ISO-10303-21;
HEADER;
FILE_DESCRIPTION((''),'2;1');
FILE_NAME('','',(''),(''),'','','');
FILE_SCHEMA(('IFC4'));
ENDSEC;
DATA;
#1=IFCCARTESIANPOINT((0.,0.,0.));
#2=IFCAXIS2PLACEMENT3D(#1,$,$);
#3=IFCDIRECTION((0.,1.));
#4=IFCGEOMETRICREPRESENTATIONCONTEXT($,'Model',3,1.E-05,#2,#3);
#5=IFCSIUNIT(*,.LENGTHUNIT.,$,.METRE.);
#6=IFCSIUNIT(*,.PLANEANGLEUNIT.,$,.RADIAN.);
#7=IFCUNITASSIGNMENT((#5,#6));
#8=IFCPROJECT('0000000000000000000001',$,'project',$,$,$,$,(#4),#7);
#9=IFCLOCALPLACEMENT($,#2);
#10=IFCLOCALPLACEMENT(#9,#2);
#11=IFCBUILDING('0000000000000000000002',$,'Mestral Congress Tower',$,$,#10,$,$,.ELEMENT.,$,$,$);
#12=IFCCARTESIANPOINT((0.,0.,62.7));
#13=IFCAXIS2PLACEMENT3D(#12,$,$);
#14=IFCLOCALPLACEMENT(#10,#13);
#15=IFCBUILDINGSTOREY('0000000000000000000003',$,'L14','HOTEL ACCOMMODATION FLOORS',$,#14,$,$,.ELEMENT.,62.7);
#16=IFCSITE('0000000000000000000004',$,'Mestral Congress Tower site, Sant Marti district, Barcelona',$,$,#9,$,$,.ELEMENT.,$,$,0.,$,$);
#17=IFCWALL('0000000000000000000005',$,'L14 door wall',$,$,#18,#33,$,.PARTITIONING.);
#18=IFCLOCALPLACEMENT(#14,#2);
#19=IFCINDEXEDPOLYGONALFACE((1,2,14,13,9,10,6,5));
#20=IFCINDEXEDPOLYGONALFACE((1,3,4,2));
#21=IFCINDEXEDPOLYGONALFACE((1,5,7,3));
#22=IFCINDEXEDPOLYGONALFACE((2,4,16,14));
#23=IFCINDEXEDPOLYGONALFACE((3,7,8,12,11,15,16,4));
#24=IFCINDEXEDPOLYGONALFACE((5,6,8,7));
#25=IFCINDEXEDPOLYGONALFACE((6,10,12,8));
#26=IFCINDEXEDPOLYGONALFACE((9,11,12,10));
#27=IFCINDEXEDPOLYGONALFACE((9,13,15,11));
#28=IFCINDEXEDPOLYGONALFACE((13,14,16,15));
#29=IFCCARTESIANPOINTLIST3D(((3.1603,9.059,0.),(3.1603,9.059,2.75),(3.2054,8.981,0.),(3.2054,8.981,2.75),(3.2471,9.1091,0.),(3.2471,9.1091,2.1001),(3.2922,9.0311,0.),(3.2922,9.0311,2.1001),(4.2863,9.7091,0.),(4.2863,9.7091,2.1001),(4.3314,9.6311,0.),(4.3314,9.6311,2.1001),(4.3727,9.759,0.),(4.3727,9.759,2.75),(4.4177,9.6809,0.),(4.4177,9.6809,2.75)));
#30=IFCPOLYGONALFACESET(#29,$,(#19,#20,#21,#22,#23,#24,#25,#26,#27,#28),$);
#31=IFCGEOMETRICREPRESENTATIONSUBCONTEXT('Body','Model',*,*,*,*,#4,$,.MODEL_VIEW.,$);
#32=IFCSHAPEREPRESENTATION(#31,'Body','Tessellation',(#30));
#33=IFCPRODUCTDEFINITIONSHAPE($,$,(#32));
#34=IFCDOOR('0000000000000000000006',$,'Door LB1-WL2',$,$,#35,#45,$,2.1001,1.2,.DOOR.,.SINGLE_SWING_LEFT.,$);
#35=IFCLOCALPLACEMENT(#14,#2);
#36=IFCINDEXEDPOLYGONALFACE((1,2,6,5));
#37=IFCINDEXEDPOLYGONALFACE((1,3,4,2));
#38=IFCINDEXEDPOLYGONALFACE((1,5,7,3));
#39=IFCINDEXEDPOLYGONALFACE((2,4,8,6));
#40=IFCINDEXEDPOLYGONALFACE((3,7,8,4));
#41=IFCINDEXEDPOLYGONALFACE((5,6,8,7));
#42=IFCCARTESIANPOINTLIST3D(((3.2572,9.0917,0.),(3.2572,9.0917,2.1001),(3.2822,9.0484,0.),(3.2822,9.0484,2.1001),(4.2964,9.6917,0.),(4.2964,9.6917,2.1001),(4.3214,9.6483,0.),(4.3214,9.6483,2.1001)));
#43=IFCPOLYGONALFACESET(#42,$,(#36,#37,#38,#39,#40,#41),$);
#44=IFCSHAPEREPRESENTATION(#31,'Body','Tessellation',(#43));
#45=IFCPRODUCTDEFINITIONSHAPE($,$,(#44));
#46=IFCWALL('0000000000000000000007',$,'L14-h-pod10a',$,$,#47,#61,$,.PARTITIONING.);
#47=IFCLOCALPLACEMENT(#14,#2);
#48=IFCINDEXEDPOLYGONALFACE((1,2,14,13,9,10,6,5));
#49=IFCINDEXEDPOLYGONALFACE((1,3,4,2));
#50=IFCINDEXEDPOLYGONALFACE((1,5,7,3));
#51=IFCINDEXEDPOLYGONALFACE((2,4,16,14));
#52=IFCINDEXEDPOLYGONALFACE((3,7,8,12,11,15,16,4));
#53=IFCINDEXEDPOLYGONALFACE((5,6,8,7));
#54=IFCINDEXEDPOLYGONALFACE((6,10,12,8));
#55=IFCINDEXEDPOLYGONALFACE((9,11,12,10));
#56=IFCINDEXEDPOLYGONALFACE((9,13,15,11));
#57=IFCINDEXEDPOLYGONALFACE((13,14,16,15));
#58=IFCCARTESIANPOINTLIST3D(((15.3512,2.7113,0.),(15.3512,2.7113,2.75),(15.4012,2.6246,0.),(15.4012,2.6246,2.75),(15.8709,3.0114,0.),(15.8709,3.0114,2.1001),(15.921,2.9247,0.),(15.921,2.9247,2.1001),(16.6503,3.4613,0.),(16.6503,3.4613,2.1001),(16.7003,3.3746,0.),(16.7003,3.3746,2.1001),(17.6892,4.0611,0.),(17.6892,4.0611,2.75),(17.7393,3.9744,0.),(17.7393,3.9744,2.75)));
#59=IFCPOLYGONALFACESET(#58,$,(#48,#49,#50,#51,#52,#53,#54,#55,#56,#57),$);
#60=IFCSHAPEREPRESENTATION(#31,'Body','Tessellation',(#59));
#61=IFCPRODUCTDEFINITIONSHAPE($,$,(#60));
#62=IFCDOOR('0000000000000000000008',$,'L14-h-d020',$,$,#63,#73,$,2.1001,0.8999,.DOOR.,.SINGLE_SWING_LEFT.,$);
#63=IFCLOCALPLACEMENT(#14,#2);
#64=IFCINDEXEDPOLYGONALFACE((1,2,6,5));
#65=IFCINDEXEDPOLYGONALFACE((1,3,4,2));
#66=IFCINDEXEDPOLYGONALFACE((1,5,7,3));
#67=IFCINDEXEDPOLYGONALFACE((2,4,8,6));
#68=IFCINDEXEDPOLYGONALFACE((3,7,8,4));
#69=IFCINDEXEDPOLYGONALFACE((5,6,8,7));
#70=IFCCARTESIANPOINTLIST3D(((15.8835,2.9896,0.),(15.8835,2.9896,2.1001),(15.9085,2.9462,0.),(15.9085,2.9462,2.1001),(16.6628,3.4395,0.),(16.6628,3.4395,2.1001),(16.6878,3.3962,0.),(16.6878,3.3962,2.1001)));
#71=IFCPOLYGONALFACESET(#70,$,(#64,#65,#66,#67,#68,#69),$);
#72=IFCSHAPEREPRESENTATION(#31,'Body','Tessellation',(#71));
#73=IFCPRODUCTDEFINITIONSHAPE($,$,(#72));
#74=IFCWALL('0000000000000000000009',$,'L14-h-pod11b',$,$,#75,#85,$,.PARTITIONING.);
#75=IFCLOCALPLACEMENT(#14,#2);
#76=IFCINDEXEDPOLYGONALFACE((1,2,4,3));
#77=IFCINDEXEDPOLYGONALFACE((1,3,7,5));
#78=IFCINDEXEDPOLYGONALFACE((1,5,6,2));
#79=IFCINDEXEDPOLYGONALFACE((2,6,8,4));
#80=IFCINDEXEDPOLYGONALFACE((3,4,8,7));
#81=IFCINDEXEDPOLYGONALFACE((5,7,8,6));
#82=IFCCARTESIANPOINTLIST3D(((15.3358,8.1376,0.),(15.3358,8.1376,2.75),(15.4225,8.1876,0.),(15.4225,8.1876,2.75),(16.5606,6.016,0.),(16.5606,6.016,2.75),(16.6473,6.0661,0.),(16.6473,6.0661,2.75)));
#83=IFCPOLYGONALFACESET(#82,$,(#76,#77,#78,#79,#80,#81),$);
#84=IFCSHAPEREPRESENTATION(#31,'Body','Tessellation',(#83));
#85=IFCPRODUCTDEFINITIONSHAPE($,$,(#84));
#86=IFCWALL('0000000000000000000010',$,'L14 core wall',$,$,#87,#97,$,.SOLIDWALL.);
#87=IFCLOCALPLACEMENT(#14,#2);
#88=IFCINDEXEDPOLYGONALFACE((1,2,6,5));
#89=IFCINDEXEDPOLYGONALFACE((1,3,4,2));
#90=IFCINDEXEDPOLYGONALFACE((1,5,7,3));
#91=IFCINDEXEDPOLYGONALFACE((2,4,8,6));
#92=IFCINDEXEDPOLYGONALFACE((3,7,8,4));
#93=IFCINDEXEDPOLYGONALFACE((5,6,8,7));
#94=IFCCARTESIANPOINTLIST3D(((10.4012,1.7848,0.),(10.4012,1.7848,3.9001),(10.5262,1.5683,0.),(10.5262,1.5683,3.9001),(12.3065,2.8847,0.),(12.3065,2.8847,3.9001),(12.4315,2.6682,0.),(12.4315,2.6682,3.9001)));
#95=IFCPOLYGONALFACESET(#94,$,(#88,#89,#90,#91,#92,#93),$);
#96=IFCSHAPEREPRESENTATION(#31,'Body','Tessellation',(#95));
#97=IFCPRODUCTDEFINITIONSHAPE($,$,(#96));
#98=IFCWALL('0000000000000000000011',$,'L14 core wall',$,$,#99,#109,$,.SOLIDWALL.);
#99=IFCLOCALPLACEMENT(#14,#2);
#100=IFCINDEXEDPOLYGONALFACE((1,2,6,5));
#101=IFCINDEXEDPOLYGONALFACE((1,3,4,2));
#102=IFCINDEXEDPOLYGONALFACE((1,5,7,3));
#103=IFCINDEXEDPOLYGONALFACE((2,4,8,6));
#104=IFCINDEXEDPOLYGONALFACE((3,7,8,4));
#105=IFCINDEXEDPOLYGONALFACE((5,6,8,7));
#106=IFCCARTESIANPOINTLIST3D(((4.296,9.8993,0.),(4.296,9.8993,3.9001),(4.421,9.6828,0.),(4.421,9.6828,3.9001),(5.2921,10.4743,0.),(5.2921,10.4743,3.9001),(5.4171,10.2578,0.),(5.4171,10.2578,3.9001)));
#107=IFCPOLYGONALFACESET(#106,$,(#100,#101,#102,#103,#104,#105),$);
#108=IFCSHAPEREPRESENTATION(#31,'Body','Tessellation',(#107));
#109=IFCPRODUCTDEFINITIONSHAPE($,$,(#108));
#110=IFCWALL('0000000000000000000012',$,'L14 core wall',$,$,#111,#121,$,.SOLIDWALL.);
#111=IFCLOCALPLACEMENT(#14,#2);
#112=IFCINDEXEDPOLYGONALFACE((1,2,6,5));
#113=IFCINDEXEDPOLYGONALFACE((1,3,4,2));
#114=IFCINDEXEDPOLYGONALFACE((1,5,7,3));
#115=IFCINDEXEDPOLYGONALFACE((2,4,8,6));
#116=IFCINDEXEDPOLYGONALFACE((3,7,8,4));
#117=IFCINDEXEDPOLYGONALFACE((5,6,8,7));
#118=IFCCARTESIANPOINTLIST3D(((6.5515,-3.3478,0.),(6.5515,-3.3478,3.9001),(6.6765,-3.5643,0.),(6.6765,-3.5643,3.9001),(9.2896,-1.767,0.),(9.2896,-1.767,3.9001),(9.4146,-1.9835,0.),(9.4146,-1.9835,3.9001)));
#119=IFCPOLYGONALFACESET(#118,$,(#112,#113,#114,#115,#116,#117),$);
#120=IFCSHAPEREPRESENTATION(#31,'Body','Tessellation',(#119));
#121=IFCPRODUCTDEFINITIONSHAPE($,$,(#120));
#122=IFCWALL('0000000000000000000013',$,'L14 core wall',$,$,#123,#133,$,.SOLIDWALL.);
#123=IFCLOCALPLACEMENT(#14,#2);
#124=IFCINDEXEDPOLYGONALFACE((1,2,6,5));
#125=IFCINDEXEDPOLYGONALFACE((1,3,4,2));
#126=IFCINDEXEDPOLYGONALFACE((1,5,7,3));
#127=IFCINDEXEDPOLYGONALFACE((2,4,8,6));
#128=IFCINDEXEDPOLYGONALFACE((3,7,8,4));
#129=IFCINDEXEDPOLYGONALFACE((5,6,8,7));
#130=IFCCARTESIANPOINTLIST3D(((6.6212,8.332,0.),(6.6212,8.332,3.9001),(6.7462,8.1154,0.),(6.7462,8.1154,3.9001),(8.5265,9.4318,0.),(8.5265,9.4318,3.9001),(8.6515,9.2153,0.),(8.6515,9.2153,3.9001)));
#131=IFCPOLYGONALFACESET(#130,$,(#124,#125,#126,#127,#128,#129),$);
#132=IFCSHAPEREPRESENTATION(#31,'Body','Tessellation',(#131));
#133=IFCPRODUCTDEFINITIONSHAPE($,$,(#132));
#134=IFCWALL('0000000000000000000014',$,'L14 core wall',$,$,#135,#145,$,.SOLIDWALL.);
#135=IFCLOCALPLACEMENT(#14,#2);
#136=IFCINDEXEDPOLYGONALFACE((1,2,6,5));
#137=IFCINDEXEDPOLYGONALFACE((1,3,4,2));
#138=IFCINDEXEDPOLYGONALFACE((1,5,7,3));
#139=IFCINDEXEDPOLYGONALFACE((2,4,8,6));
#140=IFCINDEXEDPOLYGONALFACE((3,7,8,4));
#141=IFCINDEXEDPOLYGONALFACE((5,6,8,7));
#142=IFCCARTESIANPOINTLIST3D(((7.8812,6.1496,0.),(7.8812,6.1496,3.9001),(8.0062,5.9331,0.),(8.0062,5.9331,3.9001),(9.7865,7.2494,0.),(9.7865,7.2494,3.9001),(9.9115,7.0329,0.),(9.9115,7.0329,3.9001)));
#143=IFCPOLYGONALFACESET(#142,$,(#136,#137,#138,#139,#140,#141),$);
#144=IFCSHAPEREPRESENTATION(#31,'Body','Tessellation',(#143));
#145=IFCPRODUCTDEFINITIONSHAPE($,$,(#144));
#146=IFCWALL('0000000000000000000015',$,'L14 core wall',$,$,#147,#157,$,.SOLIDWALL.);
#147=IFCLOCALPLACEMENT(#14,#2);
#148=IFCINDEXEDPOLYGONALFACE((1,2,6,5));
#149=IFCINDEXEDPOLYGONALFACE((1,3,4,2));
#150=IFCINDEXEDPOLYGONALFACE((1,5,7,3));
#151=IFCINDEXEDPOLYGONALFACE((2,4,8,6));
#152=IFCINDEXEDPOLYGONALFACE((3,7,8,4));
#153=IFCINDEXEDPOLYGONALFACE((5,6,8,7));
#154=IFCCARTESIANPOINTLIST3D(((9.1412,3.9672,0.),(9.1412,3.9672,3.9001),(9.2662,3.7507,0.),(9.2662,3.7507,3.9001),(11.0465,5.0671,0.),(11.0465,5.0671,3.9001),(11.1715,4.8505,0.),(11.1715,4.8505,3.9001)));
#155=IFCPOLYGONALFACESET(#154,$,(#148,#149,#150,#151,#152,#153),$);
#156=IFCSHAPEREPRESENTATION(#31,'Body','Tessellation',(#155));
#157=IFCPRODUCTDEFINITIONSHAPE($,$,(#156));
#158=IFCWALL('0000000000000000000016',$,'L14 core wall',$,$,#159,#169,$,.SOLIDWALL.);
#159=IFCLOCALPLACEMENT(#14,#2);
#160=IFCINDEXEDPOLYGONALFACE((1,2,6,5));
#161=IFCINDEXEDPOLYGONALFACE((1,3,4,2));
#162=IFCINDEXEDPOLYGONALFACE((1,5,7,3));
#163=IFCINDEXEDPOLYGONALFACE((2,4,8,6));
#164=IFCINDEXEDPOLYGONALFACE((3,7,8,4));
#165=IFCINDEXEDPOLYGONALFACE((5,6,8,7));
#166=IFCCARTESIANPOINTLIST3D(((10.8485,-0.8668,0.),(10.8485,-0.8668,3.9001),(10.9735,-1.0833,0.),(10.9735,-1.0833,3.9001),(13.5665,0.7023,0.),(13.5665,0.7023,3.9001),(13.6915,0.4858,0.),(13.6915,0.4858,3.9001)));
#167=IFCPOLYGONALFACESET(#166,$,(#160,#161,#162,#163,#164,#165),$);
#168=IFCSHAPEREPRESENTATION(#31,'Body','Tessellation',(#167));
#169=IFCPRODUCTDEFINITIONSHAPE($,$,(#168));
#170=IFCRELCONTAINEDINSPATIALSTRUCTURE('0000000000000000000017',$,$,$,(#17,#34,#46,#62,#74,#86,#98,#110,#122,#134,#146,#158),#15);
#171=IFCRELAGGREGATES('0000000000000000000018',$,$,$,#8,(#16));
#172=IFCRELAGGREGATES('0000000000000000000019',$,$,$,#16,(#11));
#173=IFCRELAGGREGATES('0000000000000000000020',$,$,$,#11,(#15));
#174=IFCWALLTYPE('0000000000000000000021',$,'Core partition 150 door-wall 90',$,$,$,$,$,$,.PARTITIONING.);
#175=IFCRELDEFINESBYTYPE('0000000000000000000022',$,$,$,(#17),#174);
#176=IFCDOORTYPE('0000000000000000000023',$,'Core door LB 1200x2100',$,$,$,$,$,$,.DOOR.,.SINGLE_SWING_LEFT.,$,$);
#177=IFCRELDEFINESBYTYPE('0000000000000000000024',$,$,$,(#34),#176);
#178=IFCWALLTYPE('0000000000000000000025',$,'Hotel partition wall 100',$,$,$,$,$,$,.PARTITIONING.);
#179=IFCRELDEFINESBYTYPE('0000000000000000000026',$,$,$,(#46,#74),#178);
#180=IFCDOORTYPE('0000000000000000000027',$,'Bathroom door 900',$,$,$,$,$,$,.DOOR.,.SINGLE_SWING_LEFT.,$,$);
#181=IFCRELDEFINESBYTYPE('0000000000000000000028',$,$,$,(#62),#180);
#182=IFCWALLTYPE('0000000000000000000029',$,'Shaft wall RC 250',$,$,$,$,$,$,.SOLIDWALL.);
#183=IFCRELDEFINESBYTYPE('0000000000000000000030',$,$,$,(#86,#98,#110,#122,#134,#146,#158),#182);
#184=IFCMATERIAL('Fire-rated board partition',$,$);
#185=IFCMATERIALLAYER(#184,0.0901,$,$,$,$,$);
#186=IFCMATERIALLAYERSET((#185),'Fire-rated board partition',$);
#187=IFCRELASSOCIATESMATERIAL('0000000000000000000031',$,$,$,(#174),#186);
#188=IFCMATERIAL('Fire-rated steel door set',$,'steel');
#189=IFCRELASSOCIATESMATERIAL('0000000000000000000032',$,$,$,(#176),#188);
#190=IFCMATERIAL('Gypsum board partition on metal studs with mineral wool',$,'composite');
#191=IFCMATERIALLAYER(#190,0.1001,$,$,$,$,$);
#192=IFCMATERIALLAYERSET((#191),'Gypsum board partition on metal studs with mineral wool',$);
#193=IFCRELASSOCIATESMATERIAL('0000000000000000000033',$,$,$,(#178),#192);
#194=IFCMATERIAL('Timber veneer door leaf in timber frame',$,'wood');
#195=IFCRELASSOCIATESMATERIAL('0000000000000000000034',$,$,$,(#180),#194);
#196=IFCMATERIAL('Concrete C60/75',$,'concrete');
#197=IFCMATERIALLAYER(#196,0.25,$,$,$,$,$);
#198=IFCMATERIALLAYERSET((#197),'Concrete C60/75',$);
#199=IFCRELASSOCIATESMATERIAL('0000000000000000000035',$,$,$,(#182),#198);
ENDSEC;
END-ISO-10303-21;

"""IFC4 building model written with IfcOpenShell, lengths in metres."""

from ifc_helpers import new_model, si_unit, direction, frame, frame_2d, origin, place, context, subcontext, project, spatial, rectangle, extrude, material, layer, layer_set, type_object, element, fill, save


model = new_model("IFC4")

# Units and contexts
model_context = context("Model", 3, precision=1e-05, world=origin(), true_north=direction((0.0, 1.0)))
body_context = subcontext(model_context, "Body", "Model", "MODEL_VIEW")
ifc_project = project(units=[si_unit("LENGTHUNIT", "METRE"), si_unit("PLANEANGLEUNIT", "RADIAN")], contexts=[model_context])

# Site, building, storey
site_placement = place(None, origin())
site = spatial("IfcSite", under=ifc_project, at=site_placement, Name="Mestral Congress Tower site, Sant Marti district, Barcelona", CompositionType="ELEMENT", RefElevation=0.0)
building_placement = place(site_placement, origin())
building = spatial("IfcBuilding", under=site, at=building_placement, Name="Mestral Congress Tower", CompositionType="ELEMENT")
storey_placement = place(building_placement, frame((0.0, 0.0, 62.7)))
storey = spatial("IfcBuildingStorey", under=building, at=storey_placement, Name="L14", Description="HOTEL ACCOMMODATION FLOORS", CompositionType="ELEMENT", Elevation=62.7)

# Walls, openings, doors
ifc_material_1 = material(Name="Fire-rated board partition")
ifc_layer_1 = layer(ifc_material_1, 0.0901)
ifc_layer_set_1 = layer_set([ifc_layer_1], Name="Fire-rated board partition")
wall_type_1 = type_object("IfcWallType", Name="Core partition 150 door-wall 90", PredefinedType="PARTITIONING", material=ifc_layer_set_1)
wall_1_placement = place(storey_placement, frame((3.1829, 9.02, 0.0), z_axis=(0.0, 0.0, 1.0), x_axis=(0.866035, 0.499984, 0.0)))
wall_1 = element("IfcWall", 1, at=wall_1_placement, inside=storey, type_object=wall_type_1, Name="L14 door wall", PredefinedType="PARTITIONING", context=body_context, shape_type="SweptSolid", body=[
    extrude(rectangle(XDim=1.3999, YDim=0.0901, at=frame_2d((0.7, 0.0))), origin(), (0.0, 0.0, 1.0), 2.75),
])
opening_1_placement = place(wall_1_placement, frame((0.1001, 0.0, 0.0)))
opening_1 = element("IfcOpeningElement", 2, at=opening_1_placement, cuts=wall_1, PredefinedType="OPENING", context=body_context, shape_type="SweptSolid", body=[
    extrude(rectangle(XDim=1.2, YDim=2.1001, at=frame_2d((0.6001, 1.05))), frame((0.0, 0.0549, 0.0), z_axis=(0.0, -1.0, 0.0), x_axis=(1.0, 0.0, 0.0)), (0.0, 0.0, 1.0), 0.1101),
])
ifc_material_2 = material(Name="Fire-rated steel door set", Category="steel")
door_type_1 = type_object("IfcDoorType", Name="Core door LB 1200x2100", OperationType="SINGLE_SWING_LEFT", PredefinedType="DOOR", material=ifc_material_2)
door_1_placement = place(opening_1_placement, origin())
door_1 = element("IfcDoor", 3, at=door_1_placement, inside=storey, type_object=door_type_1, Name="Door LB1-WL2", OperationType="SINGLE_SWING_LEFT", OverallHeight=2.1001, OverallWidth=1.2, PredefinedType="DOOR", context=body_context, shape_type="SweptSolid", body=[
    extrude(rectangle(XDim=1.2, YDim=2.1001, at=frame_2d((0.6001, 1.05))), frame((0.0, 0.0249, 0.0), z_axis=(0.0, -1.0, 0.0), x_axis=(1.0, 0.0, 0.0)), (0.0, 0.0, 1.0), 0.05),
])
fill(opening_1, door_1)
ifc_material_3 = material(Name="Gypsum board partition on metal studs with mineral wool", Category="composite")
ifc_layer_2 = layer(ifc_material_3, 0.1001)
ifc_layer_set_2 = layer_set([ifc_layer_2], Name="Gypsum board partition on metal studs with mineral wool")
wall_type_2 = type_object("IfcWallType", Name="Hotel partition wall 100", PredefinedType="PARTITIONING", material=ifc_layer_set_2)
wall_2_placement = place(storey_placement, frame((15.3762, 2.668, 0.0), z_axis=(0.0, 0.0, 1.0), x_axis=(0.866037, 0.499981, 0.0)))
wall_2 = element("IfcWall", 4, at=wall_2_placement, inside=storey, type_object=wall_type_2, Name="L14-h-pod10a", PredefinedType="PARTITIONING", context=body_context, shape_type="SweptSolid", body=[
    extrude(rectangle(XDim=2.6997, YDim=0.1001, at=frame_2d((1.3499, 0.0))), origin(), (0.0, 0.0, 1.0), 2.75),
])
opening_2_placement = place(wall_2_placement, frame((0.6001, 0.0, 0.0)))
opening_2 = element("IfcOpeningElement", 5, at=opening_2_placement, cuts=wall_2, PredefinedType="OPENING", context=body_context, shape_type="SweptSolid", body=[
    extrude(rectangle(XDim=0.8999, YDim=2.1001, at=frame_2d((0.45, 1.05))), frame((0.0, 0.0601, 0.0), z_axis=(0.0, -1.0, 0.0), x_axis=(1.0, 0.0, 0.0)), (0.0, 0.0, 1.0), 0.1201),
])
ifc_material_4 = material(Name="Timber veneer door leaf in timber frame", Category="wood")
door_type_2 = type_object("IfcDoorType", Name="Bathroom door 900", OperationType="SINGLE_SWING_LEFT", PredefinedType="DOOR", material=ifc_material_4)
door_2_placement = place(opening_2_placement, origin())
door_2 = element("IfcDoor", 6, at=door_2_placement, inside=storey, type_object=door_type_2, Name="L14-h-d020", OperationType="SINGLE_SWING_LEFT", OverallHeight=2.1001, OverallWidth=0.8999, PredefinedType="DOOR", context=body_context, shape_type="SweptSolid", body=[
    extrude(rectangle(XDim=0.8999, YDim=2.1001, at=frame_2d((0.45, 1.05))), frame((0.0, 0.0249, 0.0), z_axis=(0.0, -1.0, 0.0), x_axis=(1.0, 0.0, 0.0)), (0.0, 0.0, 1.0), 0.05),
])
fill(opening_2, door_2)

# Walls
wall_3_placement = place(storey_placement, frame((15.3792, 8.1626, 0.0), z_axis=(0.0, 0.0, 1.0), x_axis=(0.499987, -0.866033, 0.0)))
element("IfcWall", 7, at=wall_3_placement, inside=storey, type_object=wall_type_2, Name="L14-h-pod11b", PredefinedType="PARTITIONING", context=body_context, shape_type="SweptSolid", body=[
    extrude(rectangle(XDim=2.4497, YDim=0.1001, at=frame_2d((1.2249, 0.0))), origin(), (0.0, 0.0, 1.0), 2.75),
])
ifc_material_5 = material(Name="Concrete C60/75", Category="concrete")
ifc_layer_3 = layer(ifc_material_5, 0.25)
ifc_layer_set_3 = layer_set([ifc_layer_3], Name="Concrete C60/75")
wall_type_3 = type_object("IfcWallType", Name="Shaft wall RC 250", PredefinedType="SOLIDWALL", material=ifc_layer_set_3)
wall_4_placement = place(storey_placement, frame((10.4636, 1.6765, 0.0), z_axis=(0.0, 0.0, 1.0), x_axis=(0.866056, 0.499947, 0.0)))
element("IfcWall", 8, at=wall_4_placement, inside=storey, type_object=wall_type_3, Name="L14 core wall", PredefinedType="SOLIDWALL", context=body_context, shape_type="SweptSolid", body=[
    extrude(rectangle(XDim=2.2, YDim=0.25, at=frame_2d((1.1001, 0.0))), origin(), (0.0, 0.0, 1.0), 3.9001),
])
wall_5_placement = place(storey_placement, frame((4.3584, 9.791, 0.0), z_axis=(0.0, 0.0, 1.0), x_axis=(0.86608, 0.499906, 0.0)))
element("IfcWall", 9, at=wall_5_placement, inside=storey, type_object=wall_type_3, Name="L14 core wall", PredefinedType="SOLIDWALL", context=body_context, shape_type="SweptSolid", body=[
    extrude(rectangle(XDim=1.1501, YDim=0.25, at=frame_2d((0.5752, 0.0))), origin(), (0.0, 0.0, 1.0), 3.9001),
])
wall_6_placement = place(storey_placement, frame((9.3521, -1.8752, 0.0), z_axis=(0.0, 0.0, 1.0), x_axis=(-0.866025, -0.500001, 0.0)))
element("IfcWall", 10, at=wall_6_placement, inside=storey, type_object=wall_type_3, Name="L14 core wall", PredefinedType="SOLIDWALL", context=body_context, shape_type="SweptSolid", body=[
    extrude(rectangle(XDim=3.1616, YDim=0.25, at=frame_2d((1.5808, 0.0))), origin(), (0.0, 0.0, 1.0), 3.9001),
])
for number, where, z_axis, x_axis, name in (
    (11, (6.6836, 8.2236, 0.0), (0.0, 0.0, 1.0), (0.866056, 0.499947, 0.0), "L14 core wall"),
    (12, (7.9436, 6.0413, 0.0), (0.0, 0.0, 1.0), (0.866056, 0.499947, 0.0), "L14 core wall"),
    (13, (9.2036, 3.8589, 0.0), (0.0, 0.0, 1.0), (0.866056, 0.499947, 0.0), "L14 core wall"),
):
    element("IfcWall", number, at=place(storey_placement, frame(where, z_axis=z_axis, x_axis=x_axis)), inside=storey, type_object=wall_type_3, Name=name, PredefinedType="SOLIDWALL", context=body_context, shape_type="SweptSolid", body=[
        extrude(rectangle(XDim=2.2, YDim=0.25, at=frame_2d((1.1001, 0.0))), origin(), (0.0, 0.0, 1.0), 3.9001),
    ])
wall_7_placement = place(storey_placement, frame((10.9109, -0.9751, 0.0), z_axis=(0.0, 0.0, 1.0), x_axis=(0.866047, 0.499963, 0.0)))
element("IfcWall", 14, at=wall_7_placement, inside=storey, type_object=wall_type_3, Name="L14 core wall", PredefinedType="SOLIDWALL", context=body_context, shape_type="SweptSolid", body=[
    extrude(rectangle(XDim=3.1384, YDim=0.25, at=frame_2d((1.5693, 0.0))), origin(), (0.0, 0.0, 1.0), 3.9001),
])

save(model, "model.ifc")
